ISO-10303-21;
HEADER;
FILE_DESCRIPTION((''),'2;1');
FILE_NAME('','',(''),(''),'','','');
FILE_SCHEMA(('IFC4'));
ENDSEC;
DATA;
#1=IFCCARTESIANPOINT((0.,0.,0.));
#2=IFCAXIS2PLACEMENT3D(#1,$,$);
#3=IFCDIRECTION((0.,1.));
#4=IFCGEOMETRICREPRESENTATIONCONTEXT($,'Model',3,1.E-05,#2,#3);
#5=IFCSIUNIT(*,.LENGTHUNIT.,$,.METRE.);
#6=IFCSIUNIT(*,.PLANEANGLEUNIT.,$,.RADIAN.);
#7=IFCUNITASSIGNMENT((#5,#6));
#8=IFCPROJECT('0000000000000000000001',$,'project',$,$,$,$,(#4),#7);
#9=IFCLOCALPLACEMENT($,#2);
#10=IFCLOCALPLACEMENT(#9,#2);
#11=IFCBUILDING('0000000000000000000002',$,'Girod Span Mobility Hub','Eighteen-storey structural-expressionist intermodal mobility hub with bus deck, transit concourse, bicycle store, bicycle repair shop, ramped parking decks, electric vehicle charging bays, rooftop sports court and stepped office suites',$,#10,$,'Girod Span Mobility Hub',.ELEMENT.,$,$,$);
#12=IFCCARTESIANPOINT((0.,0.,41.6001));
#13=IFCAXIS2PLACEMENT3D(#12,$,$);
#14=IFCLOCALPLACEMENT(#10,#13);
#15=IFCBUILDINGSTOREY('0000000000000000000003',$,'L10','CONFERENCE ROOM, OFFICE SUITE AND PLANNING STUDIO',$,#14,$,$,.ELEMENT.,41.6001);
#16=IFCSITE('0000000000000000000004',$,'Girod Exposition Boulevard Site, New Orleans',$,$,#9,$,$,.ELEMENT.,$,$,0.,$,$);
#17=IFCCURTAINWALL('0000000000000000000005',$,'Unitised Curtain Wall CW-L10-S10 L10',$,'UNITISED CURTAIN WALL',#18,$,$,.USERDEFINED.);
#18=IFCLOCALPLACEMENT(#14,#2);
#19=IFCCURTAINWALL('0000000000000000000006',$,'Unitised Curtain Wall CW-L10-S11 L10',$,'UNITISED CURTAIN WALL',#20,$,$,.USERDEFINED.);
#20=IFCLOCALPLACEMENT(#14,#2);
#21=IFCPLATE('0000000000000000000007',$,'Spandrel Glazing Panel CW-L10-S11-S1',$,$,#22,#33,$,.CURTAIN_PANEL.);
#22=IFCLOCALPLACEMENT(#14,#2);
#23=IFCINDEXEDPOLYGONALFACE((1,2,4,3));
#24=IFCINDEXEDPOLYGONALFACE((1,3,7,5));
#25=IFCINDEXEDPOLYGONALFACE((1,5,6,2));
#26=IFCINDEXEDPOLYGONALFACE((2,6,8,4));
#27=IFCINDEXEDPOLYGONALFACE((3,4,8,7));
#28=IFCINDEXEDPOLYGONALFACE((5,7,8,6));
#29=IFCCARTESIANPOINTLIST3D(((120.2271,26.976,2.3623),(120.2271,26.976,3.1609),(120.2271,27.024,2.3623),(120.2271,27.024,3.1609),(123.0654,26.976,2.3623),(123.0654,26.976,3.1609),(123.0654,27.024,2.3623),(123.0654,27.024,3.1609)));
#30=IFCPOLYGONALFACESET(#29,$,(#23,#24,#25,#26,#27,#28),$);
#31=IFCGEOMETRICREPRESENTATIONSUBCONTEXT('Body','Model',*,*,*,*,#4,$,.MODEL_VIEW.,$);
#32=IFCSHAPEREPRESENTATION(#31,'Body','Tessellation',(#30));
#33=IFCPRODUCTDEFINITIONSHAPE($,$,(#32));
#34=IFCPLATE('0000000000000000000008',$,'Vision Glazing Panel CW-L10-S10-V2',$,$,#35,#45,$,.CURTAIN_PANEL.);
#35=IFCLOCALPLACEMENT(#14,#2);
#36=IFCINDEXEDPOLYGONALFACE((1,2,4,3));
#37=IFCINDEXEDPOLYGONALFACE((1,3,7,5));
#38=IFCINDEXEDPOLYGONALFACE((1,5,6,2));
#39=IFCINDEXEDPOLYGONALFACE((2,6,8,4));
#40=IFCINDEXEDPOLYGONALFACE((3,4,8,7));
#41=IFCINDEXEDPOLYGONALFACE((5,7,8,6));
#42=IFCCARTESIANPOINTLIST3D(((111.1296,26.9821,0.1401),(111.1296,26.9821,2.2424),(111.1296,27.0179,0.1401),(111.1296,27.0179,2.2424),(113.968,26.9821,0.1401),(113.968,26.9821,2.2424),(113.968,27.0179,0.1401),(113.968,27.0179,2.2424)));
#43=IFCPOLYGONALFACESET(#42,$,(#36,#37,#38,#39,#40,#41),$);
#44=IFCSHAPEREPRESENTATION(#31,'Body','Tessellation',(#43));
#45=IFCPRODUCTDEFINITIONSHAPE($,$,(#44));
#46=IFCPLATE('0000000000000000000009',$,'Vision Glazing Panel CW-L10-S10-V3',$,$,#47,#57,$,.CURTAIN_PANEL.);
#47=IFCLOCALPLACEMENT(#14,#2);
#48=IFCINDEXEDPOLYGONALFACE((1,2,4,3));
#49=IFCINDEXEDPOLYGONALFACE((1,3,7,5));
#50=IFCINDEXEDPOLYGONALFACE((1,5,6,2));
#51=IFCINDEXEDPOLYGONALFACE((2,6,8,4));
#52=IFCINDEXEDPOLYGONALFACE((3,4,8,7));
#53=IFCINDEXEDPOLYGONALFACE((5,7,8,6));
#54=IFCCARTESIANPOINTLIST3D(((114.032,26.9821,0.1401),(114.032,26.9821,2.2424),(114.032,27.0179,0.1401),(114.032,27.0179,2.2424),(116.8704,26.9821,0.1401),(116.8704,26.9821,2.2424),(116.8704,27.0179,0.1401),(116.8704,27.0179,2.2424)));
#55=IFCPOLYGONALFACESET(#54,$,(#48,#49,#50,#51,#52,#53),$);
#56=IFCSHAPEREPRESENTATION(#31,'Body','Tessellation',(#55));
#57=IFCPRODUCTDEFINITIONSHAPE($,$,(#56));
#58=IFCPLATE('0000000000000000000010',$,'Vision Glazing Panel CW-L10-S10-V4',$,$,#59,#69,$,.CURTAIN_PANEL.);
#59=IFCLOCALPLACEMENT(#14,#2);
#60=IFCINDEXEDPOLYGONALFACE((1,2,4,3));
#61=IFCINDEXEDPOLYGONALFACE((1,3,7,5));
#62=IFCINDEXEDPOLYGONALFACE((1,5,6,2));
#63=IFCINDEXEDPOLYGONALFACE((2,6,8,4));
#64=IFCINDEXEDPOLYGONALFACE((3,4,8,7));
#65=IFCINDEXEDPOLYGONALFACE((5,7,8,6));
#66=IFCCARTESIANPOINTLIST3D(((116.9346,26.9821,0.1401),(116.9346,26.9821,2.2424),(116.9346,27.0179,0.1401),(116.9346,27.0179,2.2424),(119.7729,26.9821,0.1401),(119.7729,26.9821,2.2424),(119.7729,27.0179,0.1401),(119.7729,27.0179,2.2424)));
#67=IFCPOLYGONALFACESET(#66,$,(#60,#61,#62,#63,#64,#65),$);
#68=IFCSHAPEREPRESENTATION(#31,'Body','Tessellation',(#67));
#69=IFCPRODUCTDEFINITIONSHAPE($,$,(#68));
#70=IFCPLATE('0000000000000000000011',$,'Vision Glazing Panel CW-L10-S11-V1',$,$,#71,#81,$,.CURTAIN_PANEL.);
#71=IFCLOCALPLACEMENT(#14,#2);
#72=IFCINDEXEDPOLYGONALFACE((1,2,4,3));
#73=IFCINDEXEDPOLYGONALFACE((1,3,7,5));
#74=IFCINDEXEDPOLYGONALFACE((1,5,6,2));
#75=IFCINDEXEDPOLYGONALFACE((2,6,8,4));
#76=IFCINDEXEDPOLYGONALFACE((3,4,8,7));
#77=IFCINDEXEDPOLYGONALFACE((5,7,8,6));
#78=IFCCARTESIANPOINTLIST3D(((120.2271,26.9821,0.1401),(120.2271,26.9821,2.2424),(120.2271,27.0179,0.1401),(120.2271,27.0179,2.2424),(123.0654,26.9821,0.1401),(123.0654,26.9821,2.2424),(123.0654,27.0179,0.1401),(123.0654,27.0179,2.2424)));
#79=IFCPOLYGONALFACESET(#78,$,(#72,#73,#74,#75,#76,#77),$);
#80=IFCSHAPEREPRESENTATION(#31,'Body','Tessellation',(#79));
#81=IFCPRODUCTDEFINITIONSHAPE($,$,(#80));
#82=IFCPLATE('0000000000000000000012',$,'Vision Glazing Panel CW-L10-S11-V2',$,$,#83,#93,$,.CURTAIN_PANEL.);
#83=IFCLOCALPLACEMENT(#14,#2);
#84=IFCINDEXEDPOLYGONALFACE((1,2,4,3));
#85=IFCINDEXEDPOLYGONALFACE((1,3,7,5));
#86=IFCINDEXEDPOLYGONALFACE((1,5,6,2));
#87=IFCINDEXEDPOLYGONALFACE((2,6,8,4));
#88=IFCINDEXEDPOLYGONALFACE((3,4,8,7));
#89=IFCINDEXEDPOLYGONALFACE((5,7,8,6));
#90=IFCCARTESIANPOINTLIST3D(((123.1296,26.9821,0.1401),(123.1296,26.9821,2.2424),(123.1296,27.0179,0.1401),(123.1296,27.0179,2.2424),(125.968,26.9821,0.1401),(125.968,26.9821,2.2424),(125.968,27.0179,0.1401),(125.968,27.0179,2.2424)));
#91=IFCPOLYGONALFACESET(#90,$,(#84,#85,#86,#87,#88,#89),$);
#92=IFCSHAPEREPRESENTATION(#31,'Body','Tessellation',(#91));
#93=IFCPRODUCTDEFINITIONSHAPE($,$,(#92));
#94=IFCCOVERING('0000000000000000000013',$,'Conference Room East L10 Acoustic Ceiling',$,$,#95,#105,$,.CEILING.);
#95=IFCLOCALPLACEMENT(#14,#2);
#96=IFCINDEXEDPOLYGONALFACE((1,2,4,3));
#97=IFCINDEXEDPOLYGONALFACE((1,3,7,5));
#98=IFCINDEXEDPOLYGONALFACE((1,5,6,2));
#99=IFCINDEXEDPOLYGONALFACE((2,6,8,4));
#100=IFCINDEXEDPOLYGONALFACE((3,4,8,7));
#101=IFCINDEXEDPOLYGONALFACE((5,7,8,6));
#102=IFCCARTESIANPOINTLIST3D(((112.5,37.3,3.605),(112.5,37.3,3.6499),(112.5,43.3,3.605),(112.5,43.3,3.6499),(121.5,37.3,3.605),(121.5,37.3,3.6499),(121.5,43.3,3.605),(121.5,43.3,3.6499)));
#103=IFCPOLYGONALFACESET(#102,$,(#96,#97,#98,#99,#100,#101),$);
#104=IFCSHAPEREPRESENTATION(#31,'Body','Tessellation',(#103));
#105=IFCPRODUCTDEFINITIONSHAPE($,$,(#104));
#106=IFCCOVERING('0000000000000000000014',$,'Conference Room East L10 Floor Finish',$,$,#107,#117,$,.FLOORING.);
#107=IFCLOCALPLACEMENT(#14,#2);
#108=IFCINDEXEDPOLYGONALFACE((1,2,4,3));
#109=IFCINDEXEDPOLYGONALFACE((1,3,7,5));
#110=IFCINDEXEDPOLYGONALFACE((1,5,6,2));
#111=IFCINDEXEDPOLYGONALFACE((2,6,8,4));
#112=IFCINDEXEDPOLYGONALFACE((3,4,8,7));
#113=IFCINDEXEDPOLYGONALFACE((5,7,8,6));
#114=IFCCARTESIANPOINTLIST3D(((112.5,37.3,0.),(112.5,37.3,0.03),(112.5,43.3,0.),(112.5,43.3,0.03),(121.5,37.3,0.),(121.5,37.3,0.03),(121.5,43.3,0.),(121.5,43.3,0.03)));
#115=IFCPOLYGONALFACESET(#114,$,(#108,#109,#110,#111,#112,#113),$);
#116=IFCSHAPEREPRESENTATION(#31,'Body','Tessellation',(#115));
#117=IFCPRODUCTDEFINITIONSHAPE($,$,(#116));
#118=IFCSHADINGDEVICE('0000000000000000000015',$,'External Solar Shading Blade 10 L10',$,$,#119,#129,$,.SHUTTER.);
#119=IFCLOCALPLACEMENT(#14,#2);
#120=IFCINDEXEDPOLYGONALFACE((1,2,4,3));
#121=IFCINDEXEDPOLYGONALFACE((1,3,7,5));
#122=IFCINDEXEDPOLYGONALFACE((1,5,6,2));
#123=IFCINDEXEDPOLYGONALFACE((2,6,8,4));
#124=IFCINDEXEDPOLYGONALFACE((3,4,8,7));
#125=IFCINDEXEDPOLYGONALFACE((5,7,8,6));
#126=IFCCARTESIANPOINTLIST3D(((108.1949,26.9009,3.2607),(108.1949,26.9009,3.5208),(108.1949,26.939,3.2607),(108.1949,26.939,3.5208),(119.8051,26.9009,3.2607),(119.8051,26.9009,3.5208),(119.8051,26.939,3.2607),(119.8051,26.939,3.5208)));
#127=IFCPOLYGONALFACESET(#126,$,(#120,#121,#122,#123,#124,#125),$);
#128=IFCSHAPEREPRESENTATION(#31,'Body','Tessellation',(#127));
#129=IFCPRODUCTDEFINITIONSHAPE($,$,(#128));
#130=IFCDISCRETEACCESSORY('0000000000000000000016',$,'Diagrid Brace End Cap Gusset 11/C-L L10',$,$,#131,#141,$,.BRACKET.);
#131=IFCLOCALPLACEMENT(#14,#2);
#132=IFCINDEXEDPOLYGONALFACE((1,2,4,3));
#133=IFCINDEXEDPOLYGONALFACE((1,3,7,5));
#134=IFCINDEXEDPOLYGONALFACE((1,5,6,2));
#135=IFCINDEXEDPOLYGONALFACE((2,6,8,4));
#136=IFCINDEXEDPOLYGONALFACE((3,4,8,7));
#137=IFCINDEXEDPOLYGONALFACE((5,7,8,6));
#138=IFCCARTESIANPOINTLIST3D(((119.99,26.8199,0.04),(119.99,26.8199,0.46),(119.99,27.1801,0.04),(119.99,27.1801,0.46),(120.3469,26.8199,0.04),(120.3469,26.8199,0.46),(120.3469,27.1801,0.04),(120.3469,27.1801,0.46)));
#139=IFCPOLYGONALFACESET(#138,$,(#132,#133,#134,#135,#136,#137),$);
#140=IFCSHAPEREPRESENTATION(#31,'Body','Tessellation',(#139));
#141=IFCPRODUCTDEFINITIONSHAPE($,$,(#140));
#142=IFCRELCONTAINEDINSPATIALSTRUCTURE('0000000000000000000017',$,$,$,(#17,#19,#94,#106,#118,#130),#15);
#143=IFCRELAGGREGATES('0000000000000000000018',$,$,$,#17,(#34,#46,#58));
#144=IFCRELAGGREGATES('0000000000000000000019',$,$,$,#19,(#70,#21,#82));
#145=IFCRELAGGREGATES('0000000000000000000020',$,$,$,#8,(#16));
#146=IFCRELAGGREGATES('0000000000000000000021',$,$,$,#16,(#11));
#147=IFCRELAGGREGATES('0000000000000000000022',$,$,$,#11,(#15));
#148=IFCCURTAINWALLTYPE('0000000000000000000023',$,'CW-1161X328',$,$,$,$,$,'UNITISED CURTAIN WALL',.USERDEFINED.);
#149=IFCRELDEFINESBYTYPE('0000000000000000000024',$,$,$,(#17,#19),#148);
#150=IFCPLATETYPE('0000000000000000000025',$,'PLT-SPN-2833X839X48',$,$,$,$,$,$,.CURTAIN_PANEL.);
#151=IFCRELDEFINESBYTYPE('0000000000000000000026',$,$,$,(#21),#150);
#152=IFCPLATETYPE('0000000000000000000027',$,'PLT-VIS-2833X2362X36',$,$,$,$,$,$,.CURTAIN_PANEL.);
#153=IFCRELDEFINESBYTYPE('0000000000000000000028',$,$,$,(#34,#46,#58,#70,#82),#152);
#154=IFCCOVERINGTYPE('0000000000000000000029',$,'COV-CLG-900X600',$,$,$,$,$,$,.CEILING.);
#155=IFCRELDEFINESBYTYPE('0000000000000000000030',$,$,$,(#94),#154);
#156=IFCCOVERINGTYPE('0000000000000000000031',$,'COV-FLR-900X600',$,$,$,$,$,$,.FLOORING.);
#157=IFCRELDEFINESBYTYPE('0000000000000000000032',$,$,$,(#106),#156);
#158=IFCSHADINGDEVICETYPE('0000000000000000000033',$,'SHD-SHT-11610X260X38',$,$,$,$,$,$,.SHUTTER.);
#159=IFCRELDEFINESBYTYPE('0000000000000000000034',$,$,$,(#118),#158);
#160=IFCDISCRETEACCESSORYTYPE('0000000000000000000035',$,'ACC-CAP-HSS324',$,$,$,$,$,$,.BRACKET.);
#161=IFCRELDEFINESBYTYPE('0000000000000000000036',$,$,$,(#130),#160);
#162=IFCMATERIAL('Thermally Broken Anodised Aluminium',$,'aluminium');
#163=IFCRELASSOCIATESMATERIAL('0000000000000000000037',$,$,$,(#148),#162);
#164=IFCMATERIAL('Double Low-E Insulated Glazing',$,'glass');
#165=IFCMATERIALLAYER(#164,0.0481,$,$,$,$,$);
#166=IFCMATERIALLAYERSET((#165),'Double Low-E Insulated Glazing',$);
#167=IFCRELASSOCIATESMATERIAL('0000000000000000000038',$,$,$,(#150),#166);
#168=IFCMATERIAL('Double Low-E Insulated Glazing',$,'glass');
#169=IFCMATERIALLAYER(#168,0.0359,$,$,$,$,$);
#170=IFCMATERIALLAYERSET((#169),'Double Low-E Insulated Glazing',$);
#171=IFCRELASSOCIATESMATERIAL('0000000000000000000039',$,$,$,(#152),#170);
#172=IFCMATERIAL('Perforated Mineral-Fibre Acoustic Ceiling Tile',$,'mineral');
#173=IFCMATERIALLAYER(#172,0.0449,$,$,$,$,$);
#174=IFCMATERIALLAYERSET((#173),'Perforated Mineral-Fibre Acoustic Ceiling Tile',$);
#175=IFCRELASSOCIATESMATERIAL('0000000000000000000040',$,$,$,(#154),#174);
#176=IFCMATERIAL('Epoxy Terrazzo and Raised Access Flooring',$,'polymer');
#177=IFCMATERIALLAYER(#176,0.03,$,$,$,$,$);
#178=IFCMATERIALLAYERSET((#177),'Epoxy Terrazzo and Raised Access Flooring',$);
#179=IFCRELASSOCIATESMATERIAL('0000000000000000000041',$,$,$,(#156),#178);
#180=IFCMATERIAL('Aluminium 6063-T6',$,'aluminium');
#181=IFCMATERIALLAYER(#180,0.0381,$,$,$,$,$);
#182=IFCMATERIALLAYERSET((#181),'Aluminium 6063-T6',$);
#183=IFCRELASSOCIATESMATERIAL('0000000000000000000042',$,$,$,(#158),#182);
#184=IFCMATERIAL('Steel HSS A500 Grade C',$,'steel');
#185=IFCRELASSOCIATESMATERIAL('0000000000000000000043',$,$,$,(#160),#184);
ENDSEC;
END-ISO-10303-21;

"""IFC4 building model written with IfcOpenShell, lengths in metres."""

from ifc_helpers import new_model, si_unit, direction, frame, origin, origin_2d, place, context, subcontext, project, spatial, rectangle, extrude, material, layer, layer_set, type_object, element, aggregate, save


model = new_model("IFC4")

# Units and contexts
model_context = context("Model", 3, precision=1e-05, world=origin(), true_north=direction((0.0, 1.0)))
body_context = subcontext(model_context, "Body", "Model", "MODEL_VIEW")
ifc_project = project(units=[si_unit("LENGTHUNIT", "METRE"), si_unit("PLANEANGLEUNIT", "RADIAN")], contexts=[model_context])

# Site, building, storey
site_placement = place(None, origin())
site = spatial("IfcSite", under=ifc_project, at=site_placement, Name="Girod Exposition Boulevard Site, New Orleans", CompositionType="ELEMENT", RefElevation=0.0)
building_placement = place(site_placement, origin())
building = spatial("IfcBuilding", under=site, at=building_placement, Name="Girod Span Mobility Hub", Description="Eighteen-storey structural-expressionist intermodal mobility hub with bus deck, transit concourse, bicycle store, bicycle repair shop, ramped parking decks, electric vehicle charging bays, rooftop sports court and stepped office suites", LongName="Girod Span Mobility Hub", CompositionType="ELEMENT")
storey_placement = place(building_placement, frame((0.0, 0.0, 41.6001)))
storey = spatial("IfcBuildingStorey", under=building, at=storey_placement, Name="L10", Description="CONFERENCE ROOM, OFFICE SUITE AND PLANNING STUDIO", CompositionType="ELEMENT", Elevation=41.6001)

# Curtain walls
ifc_material_1 = material(Name="Thermally Broken Anodised Aluminium", Category="aluminium")
curtain_wall_type = type_object("IfcCurtainWallType", Name="CW-1161X328", ElementType="UNITISED CURTAIN WALL", PredefinedType="USERDEFINED", material=ifc_material_1)
curtain_wall_1_placement = place(storey_placement, origin())
curtain_wall_1 = element("IfcCurtainWall", 1, at=curtain_wall_1_placement, inside=storey, type_object=curtain_wall_type, Name="Unitised Curtain Wall CW-L10-S10 L10", ObjectType="UNITISED CURTAIN WALL", PredefinedType="USERDEFINED")
curtain_wall_2_placement = place(storey_placement, origin())
curtain_wall_2 = element("IfcCurtainWall", 2, at=curtain_wall_2_placement, inside=storey, type_object=curtain_wall_type, Name="Unitised Curtain Wall CW-L10-S11 L10", ObjectType="UNITISED CURTAIN WALL", PredefinedType="USERDEFINED")

# Plates
ifc_material_2 = material(Name="Double Low-E Insulated Glazing", Category="glass")
ifc_layer_1 = layer(ifc_material_2, 0.0481)
ifc_layer_set_1 = layer_set([ifc_layer_1], Name="Double Low-E Insulated Glazing")
plate_type_1 = type_object("IfcPlateType", Name="PLT-SPN-2833X839X48", PredefinedType="CURTAIN_PANEL", material=ifc_layer_set_1)
plate_1_placement = place(storey_placement, frame((121.6462, 27.0, 2.3623), z_axis=(0.0, 0.0, 1.0), x_axis=(1.0, 0.0, 0.0)))
plate_1 = element("IfcPlate", 3, at=plate_1_placement, type_object=plate_type_1, Name="Spandrel Glazing Panel CW-L10-S11-S1", PredefinedType="CURTAIN_PANEL", context=body_context, shape_type="SweptSolid", body=[
    extrude(rectangle(XDim=2.8384, YDim=0.0481, at=origin_2d()), origin(), (0.0, 0.0, 1.0), 0.7986),
])
ifc_material_3 = material(Name="Double Low-E Insulated Glazing", Category="glass")
ifc_layer_2 = layer(ifc_material_3, 0.0359)
ifc_layer_set_2 = layer_set([ifc_layer_2], Name="Double Low-E Insulated Glazing")
plate_type_2 = type_object("IfcPlateType", Name="PLT-VIS-2833X2362X36", PredefinedType="CURTAIN_PANEL", material=ifc_layer_set_2)
plate_2_placement = place(storey_placement, frame((112.5488, 27.0, 0.1401), z_axis=(0.0, 0.0, 1.0), x_axis=(1.0, 0.0, 0.0)))
plate_2 = element("IfcPlate", 4, at=plate_2_placement, type_object=plate_type_2, Name="Vision Glazing Panel CW-L10-S10-V2", PredefinedType="CURTAIN_PANEL", context=body_context, shape_type="SweptSolid", body=[
    extrude(rectangle(XDim=2.8384, YDim=0.0359, at=origin_2d()), origin(), (0.0, 0.0, 1.0), 2.1023),
])
plate_3_placement = place(storey_placement, frame((115.4512, 27.0, 0.1401), z_axis=(0.0, 0.0, 1.0), x_axis=(1.0, 0.0, 0.0)))
plate_3 = element("IfcPlate", 5, at=plate_3_placement, type_object=plate_type_2, Name="Vision Glazing Panel CW-L10-S10-V3", PredefinedType="CURTAIN_PANEL", context=body_context, shape_type="SweptSolid", body=[
    extrude(rectangle(XDim=2.8384, YDim=0.0359, at=origin_2d()), origin(), (0.0, 0.0, 1.0), 2.1023),
])
plate_4_placement = place(storey_placement, frame((118.3538, 27.0, 0.1401), z_axis=(0.0, 0.0, 1.0), x_axis=(1.0, 0.0, 0.0)))
plate_4 = element("IfcPlate", 6, at=plate_4_placement, type_object=plate_type_2, Name="Vision Glazing Panel CW-L10-S10-V4", PredefinedType="CURTAIN_PANEL", context=body_context, shape_type="SweptSolid", body=[
    extrude(rectangle(XDim=2.8384, YDim=0.0359, at=origin_2d()), origin(), (0.0, 0.0, 1.0), 2.1023),
])
aggregate(curtain_wall_1, [plate_2, plate_3, plate_4])
plate_5_placement = place(storey_placement, frame((121.6462, 27.0, 0.1401), z_axis=(0.0, 0.0, 1.0), x_axis=(1.0, 0.0, 0.0)))
plate_5 = element("IfcPlate", 7, at=plate_5_placement, type_object=plate_type_2, Name="Vision Glazing Panel CW-L10-S11-V1", PredefinedType="CURTAIN_PANEL", context=body_context, shape_type="SweptSolid", body=[
    extrude(rectangle(XDim=2.8384, YDim=0.0359, at=origin_2d()), origin(), (0.0, 0.0, 1.0), 2.1023),
])
plate_6_placement = place(storey_placement, frame((124.5488, 27.0, 0.1401), z_axis=(0.0, 0.0, 1.0), x_axis=(1.0, 0.0, 0.0)))
plate_6 = element("IfcPlate", 8, at=plate_6_placement, type_object=plate_type_2, Name="Vision Glazing Panel CW-L10-S11-V2", PredefinedType="CURTAIN_PANEL", context=body_context, shape_type="SweptSolid", body=[
    extrude(rectangle(XDim=2.8384, YDim=0.0359, at=origin_2d()), origin(), (0.0, 0.0, 1.0), 2.1023),
])
aggregate(curtain_wall_2, [plate_5, plate_1, plate_6])

# Coverings
ifc_material_4 = material(Name="Perforated Mineral-Fibre Acoustic Ceiling Tile", Category="mineral")
ifc_layer_3 = layer(ifc_material_4, 0.0449)
ifc_layer_set_3 = layer_set([ifc_layer_3], Name="Perforated Mineral-Fibre Acoustic Ceiling Tile")
covering_type_1 = type_object("IfcCoveringType", Name="COV-CLG-900X600", PredefinedType="CEILING", material=ifc_layer_set_3)
covering_1_placement = place(storey_placement, frame((117.0, 40.3, 3.605), z_axis=(0.0, 0.0, 1.0), x_axis=(1.0, 0.0, 0.0)))
element("IfcCovering", 9, at=covering_1_placement, inside=storey, type_object=covering_type_1, Name="Conference Room East L10 Acoustic Ceiling", PredefinedType="CEILING", context=body_context, shape_type="SweptSolid", body=[
    extrude(rectangle(XDim=9.0, YDim=6.0, at=origin_2d()), origin(), (0.0, 0.0, 1.0), 0.0449),
])
ifc_material_5 = material(Name="Epoxy Terrazzo and Raised Access Flooring", Category="polymer")
ifc_layer_4 = layer(ifc_material_5, 0.03)
ifc_layer_set_4 = layer_set([ifc_layer_4], Name="Epoxy Terrazzo and Raised Access Flooring")
covering_type_2 = type_object("IfcCoveringType", Name="COV-FLR-900X600", PredefinedType="FLOORING", material=ifc_layer_set_4)
covering_2_placement = place(storey_placement, frame((117.0, 40.3, 0.0), z_axis=(0.0, 0.0, 1.0), x_axis=(1.0, 0.0, 0.0)))
element("IfcCovering", 10, at=covering_2_placement, inside=storey, type_object=covering_type_2, Name="Conference Room East L10 Floor Finish", PredefinedType="FLOORING", context=body_context, shape_type="SweptSolid", body=[
    extrude(rectangle(XDim=9.0, YDim=6.0, at=origin_2d()), origin(), (0.0, 0.0, 1.0), 0.03),
])

# Shading device
ifc_material_6 = material(Name="Aluminium 6063-T6", Category="aluminium")
ifc_layer_5 = layer(ifc_material_6, 0.0381)
ifc_layer_set_5 = layer_set([ifc_layer_5], Name="Aluminium 6063-T6")
shading_device_type = type_object("IfcShadingDeviceType", Name="SHD-SHT-11610X260X38", PredefinedType="SHUTTER", material=ifc_layer_set_5)
shading_device_placement = place(storey_placement, frame((114.0, 26.9199, 3.2607), z_axis=(0.0, 0.0, 1.0), x_axis=(1.0, 0.0, 0.0)))
element("IfcShadingDevice", 11, at=shading_device_placement, inside=storey, type_object=shading_device_type, Name="External Solar Shading Blade 10 L10", PredefinedType="SHUTTER", context=body_context, shape_type="SweptSolid", body=[
    extrude(rectangle(XDim=11.6101, YDim=0.0381, at=origin_2d()), origin(), (0.0, 0.0, 1.0), 0.26),
])

# Discrete accessory
ifc_material_7 = material(Name="Steel HSS A500 Grade C", Category="steel")
discrete_accessory_type = type_object("IfcDiscreteAccessoryType", Name="ACC-CAP-HSS324", PredefinedType="BRACKET", material=ifc_material_7)
discrete_accessory_placement = place(storey_placement, frame((120.1685, 27.0, 0.04), z_axis=(0.0, 0.0, 1.0), x_axis=(1.0, 0.0, 0.0)))
element("IfcDiscreteAccessory", 12, at=discrete_accessory_placement, inside=storey, type_object=discrete_accessory_type, Name="Diagrid Brace End Cap Gusset 11/C-L L10", PredefinedType="BRACKET", context=body_context, shape_type="SweptSolid", body=[
    extrude(rectangle(XDim=0.3569, YDim=0.3601, at=origin_2d()), origin(), (0.0, 0.0, 1.0), 0.4199),
])

save(model, "model.ifc")
